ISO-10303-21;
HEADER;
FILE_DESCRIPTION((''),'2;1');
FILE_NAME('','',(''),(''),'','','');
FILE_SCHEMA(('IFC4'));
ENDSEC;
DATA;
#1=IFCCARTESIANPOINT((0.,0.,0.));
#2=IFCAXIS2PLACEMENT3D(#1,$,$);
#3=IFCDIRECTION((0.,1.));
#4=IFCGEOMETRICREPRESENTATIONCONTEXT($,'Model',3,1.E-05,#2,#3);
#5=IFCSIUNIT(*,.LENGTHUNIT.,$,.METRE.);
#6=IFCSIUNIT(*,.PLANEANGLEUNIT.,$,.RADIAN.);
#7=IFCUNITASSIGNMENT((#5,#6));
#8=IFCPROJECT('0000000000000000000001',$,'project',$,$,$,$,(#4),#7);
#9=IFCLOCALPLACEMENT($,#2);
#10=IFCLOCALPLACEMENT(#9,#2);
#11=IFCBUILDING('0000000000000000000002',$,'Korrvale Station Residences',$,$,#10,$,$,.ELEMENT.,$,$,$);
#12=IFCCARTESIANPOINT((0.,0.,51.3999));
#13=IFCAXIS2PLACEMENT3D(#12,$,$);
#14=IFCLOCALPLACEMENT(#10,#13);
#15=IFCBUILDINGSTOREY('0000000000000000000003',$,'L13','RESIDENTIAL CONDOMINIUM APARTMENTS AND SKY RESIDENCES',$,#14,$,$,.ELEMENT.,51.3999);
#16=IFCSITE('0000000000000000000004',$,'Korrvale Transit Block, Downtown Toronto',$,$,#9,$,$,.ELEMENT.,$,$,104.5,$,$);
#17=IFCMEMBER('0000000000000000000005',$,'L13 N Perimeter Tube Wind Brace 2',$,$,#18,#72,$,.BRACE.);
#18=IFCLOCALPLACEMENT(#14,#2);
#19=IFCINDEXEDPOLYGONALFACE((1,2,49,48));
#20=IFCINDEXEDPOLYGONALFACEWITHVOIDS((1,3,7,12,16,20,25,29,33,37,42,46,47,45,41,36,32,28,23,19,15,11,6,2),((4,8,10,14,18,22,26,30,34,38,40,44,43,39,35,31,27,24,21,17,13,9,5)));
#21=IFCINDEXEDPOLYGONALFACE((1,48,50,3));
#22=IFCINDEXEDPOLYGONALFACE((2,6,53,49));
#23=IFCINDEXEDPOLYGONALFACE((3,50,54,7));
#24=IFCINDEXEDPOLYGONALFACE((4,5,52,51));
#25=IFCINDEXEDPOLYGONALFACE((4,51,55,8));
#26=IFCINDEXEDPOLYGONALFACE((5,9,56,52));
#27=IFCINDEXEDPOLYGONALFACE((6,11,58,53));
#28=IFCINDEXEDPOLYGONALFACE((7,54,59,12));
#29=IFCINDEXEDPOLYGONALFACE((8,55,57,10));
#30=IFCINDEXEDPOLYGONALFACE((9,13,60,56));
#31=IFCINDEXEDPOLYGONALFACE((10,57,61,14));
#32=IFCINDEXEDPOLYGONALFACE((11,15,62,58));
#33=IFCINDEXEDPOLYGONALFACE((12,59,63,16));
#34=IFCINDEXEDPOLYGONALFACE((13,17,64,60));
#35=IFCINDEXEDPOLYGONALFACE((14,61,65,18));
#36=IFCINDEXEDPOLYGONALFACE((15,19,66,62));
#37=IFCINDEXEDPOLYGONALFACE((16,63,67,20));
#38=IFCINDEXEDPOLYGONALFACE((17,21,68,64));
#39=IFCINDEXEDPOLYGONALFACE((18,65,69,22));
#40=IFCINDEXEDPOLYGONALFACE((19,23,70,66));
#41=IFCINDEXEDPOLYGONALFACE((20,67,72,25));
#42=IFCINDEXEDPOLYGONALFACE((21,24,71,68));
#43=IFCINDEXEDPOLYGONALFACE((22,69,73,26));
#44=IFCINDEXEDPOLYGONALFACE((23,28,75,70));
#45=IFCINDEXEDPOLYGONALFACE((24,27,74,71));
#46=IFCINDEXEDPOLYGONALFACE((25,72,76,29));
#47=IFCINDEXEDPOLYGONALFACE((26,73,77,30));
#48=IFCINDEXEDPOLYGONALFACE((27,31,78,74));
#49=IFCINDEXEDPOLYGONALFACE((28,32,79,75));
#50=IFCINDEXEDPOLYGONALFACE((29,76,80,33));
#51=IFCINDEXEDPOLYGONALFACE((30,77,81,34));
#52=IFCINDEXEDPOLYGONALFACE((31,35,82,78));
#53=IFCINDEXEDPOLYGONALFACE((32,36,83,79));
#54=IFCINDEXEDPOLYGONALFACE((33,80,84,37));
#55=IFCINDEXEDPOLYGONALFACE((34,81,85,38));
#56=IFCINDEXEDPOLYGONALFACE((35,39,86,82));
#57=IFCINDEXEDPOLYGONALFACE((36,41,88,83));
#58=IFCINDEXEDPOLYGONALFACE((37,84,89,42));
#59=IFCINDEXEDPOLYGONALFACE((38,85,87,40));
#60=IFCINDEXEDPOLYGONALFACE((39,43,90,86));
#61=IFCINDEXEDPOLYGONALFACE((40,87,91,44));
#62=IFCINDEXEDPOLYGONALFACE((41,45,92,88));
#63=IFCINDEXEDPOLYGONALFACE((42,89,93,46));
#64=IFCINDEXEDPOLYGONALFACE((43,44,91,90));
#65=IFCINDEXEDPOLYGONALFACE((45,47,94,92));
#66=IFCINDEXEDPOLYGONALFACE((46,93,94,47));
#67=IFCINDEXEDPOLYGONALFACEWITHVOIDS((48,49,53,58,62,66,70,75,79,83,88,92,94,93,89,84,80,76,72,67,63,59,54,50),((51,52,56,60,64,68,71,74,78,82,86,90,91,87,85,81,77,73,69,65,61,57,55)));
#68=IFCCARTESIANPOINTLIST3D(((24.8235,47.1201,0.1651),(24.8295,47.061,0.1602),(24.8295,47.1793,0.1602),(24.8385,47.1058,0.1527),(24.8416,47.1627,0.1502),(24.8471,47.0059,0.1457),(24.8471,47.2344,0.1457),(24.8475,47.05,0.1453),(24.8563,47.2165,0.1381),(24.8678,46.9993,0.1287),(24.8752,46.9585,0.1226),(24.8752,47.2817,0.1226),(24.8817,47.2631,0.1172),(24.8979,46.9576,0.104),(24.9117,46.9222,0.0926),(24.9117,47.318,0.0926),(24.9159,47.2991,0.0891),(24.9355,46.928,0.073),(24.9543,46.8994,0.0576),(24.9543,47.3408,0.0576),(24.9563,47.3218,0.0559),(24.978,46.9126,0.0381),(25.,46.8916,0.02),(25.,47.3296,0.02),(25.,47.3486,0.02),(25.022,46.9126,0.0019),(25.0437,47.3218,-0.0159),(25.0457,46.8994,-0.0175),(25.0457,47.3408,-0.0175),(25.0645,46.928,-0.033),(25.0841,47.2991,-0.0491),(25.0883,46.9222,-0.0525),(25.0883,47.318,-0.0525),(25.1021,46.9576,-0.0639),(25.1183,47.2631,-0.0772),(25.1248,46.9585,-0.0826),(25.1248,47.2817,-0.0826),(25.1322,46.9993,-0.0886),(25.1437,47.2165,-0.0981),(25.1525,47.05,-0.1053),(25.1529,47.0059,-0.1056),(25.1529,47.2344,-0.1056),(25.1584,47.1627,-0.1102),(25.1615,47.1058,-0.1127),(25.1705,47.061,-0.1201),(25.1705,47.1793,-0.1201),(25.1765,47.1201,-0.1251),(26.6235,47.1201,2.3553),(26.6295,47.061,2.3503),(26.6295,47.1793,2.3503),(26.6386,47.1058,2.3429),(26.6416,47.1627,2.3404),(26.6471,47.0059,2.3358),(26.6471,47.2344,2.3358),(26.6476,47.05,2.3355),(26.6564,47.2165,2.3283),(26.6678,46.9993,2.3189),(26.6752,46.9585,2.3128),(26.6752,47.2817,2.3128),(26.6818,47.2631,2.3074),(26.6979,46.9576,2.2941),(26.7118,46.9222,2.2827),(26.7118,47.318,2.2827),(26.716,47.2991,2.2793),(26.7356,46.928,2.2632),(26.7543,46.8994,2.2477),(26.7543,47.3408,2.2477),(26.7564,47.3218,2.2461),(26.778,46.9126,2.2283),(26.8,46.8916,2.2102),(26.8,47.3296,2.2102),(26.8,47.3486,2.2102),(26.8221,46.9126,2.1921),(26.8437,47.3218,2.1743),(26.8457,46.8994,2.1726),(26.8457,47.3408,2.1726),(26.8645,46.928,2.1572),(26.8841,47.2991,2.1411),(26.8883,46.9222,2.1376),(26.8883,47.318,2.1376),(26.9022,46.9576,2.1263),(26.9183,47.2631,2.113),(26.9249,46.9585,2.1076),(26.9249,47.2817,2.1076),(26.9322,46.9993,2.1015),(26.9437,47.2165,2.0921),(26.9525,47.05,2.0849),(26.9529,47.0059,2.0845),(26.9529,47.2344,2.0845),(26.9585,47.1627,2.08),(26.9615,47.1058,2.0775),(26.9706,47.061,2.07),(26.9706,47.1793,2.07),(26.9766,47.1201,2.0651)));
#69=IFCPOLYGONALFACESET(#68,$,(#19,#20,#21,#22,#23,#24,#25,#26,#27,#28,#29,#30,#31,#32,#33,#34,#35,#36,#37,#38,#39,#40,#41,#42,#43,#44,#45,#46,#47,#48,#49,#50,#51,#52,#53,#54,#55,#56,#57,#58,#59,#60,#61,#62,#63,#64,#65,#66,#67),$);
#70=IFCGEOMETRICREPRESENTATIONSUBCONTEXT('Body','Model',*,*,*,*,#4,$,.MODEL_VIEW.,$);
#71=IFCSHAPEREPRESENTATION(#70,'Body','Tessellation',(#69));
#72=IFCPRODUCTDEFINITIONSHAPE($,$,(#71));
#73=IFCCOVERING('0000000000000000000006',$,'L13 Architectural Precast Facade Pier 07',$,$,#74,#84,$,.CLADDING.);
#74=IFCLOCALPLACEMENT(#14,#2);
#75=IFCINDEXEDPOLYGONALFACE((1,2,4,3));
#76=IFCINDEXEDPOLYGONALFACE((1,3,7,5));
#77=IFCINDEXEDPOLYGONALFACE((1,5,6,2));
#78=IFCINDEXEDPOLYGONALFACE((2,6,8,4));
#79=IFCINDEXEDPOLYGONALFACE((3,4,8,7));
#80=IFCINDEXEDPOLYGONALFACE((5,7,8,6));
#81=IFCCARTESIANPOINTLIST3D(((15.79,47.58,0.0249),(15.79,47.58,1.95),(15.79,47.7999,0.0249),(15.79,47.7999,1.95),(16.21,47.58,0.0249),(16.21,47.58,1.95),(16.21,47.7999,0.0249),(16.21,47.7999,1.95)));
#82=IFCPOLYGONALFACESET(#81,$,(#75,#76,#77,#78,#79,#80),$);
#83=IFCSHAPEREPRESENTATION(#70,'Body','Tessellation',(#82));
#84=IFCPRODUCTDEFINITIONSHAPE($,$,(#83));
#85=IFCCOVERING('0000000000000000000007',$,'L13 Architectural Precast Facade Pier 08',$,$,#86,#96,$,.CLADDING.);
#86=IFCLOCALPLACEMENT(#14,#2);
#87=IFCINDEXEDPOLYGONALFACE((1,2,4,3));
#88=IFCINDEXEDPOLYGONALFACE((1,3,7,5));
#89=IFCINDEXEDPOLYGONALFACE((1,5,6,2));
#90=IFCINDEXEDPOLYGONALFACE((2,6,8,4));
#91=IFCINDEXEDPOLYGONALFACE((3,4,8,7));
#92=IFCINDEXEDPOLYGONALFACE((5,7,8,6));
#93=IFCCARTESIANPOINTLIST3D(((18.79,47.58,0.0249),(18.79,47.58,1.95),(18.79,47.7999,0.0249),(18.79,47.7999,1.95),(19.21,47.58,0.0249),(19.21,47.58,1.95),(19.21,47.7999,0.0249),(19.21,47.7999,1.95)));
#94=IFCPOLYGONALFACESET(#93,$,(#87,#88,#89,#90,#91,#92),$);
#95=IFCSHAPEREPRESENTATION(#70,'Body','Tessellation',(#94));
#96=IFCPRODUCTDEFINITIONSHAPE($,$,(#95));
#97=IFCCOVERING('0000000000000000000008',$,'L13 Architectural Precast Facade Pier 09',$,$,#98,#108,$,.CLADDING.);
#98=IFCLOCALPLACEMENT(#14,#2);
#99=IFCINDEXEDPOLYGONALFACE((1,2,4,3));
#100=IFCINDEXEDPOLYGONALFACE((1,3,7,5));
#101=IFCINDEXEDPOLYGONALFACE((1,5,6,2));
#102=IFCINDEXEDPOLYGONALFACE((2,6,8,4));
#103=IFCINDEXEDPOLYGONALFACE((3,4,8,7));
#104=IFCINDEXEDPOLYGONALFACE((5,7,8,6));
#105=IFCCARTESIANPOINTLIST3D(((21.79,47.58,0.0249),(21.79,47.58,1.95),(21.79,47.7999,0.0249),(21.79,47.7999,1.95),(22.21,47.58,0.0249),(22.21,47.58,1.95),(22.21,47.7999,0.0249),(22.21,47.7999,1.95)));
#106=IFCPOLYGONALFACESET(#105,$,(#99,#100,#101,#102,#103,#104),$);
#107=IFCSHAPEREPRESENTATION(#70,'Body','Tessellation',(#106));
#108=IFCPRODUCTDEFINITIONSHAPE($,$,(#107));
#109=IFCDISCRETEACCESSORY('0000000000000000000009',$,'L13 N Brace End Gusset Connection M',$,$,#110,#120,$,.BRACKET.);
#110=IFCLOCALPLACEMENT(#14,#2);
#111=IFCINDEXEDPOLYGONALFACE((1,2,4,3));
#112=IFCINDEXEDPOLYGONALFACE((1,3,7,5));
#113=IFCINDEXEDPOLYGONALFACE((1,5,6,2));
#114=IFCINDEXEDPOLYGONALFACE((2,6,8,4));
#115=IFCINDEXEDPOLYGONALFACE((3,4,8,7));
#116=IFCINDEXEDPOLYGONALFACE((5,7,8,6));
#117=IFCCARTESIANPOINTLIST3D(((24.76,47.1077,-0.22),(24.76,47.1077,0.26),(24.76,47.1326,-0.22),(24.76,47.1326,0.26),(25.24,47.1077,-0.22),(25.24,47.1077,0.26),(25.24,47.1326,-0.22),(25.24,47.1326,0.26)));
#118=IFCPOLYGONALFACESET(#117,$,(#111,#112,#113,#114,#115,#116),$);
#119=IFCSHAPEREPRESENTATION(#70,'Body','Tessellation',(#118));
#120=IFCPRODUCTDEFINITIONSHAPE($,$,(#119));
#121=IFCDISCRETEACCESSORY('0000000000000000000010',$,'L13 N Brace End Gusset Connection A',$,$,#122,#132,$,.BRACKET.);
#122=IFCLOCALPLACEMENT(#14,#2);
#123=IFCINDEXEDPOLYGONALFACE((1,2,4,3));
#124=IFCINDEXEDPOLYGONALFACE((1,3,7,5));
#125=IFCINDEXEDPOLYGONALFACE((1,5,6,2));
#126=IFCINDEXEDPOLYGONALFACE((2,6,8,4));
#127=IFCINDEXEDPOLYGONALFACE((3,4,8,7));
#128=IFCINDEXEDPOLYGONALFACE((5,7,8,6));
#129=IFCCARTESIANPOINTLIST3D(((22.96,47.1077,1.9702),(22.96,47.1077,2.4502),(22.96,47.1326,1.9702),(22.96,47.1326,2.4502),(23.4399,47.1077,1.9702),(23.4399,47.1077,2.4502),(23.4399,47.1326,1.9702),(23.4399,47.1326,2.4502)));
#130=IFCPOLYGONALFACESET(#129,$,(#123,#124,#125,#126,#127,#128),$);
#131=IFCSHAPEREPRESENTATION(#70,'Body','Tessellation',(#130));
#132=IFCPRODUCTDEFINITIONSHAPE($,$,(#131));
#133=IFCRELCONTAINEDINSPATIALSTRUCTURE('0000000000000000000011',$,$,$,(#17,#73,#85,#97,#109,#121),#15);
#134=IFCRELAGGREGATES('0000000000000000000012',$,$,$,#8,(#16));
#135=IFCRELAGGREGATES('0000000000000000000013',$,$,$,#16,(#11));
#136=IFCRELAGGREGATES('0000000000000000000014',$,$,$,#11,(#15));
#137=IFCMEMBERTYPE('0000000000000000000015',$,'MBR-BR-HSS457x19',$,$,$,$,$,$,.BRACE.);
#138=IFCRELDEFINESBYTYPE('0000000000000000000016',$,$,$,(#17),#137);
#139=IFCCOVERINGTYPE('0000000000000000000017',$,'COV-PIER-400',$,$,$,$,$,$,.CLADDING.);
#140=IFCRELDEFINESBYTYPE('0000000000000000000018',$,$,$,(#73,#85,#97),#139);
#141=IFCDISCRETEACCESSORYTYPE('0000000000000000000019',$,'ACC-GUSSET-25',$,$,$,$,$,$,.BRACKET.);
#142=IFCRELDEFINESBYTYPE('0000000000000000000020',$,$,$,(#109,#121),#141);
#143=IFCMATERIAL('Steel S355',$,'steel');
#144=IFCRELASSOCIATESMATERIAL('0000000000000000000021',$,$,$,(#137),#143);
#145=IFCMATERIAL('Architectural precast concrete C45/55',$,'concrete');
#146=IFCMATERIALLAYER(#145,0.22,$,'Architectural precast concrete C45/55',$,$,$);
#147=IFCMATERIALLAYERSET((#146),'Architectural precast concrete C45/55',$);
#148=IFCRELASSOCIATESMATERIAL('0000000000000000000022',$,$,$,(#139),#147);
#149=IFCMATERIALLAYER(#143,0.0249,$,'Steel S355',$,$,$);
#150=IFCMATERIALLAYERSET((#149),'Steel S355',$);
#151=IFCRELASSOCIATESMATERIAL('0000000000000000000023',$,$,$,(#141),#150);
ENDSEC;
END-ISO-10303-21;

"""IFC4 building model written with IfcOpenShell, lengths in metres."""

from ifc_helpers import new_model, si_unit, direction, frame, origin, origin_2d, place, context, subcontext, project, spatial, rectangle, hollow_circle, extrude, material, layer, layer_set, material_profile, profile_set, type_object, element, save


model = new_model("IFC4")

# Units and contexts
model_context = context("Model", 3, precision=1e-05, world=origin(), true_north=direction((0.0, 1.0)))
body_context = subcontext(model_context, "Body", "Model", "MODEL_VIEW")
ifc_project = project(units=[si_unit("LENGTHUNIT", "METRE"), si_unit("PLANEANGLEUNIT", "RADIAN")], contexts=[model_context])

# Site, building, storey
site_placement = place(None, origin())
site = spatial("IfcSite", under=ifc_project, at=site_placement, Name="Korrvale Transit Block, Downtown Toronto", CompositionType="ELEMENT", RefElevation=104.5)
building_placement = place(site_placement, origin())
building = spatial("IfcBuilding", under=site, at=building_placement, Name="Korrvale Station Residences", CompositionType="ELEMENT")
storey_placement = place(building_placement, frame((0.0, 0.0, 51.3999)))
storey = spatial("IfcBuildingStorey", under=building, at=storey_placement, Name="L13", Description="RESIDENTIAL CONDOMINIUM APARTMENTS AND SKY RESIDENCES", CompositionType="ELEMENT", Elevation=51.3999)

# Shared definitions
ifc_material_1 = material(Name="Steel S355", Category="steel")

# Member
ifc_material_profile_1 = material_profile(ifc_material_1, hollow_circle(Radius=0.2285, WallThickness=0.019, at=origin_2d()), Name="HSS457x19")
ifc_profile_set_1 = profile_set([ifc_material_profile_1], Name="Steel S355")
member_type = type_object("IfcMemberType", Name="MBR-BR-HSS457x19", PredefinedType="BRACE", material=ifc_profile_set_1)
for number, where, z_axis, x_axis, name in (
    (1, (25.0, 47.1201, 0.02), (0.634943, 0.0, 0.772559), (0.0, 1.0, 0.0), "L13 N Perimeter Tube Wind Brace 2"),
):
    element("IfcMember", number, at=place(storey_placement, frame(where, z_axis=z_axis, x_axis=x_axis)), inside=storey, type_object=member_type, Name=name, PredefinedType="BRACE", context=body_context, shape_type="SweptSolid", body=[
        extrude(hollow_circle(Radius=0.2285, WallThickness=0.019, at=origin_2d()), origin(), (0.0, 0.0, 1.0), 2.835),
    ])

# Coverings
ifc_material_2 = material(Name="Architectural precast concrete C45/55", Category="concrete")
ifc_layer_1 = layer(ifc_material_2, 0.22, Name="Architectural precast concrete C45/55")
ifc_layer_set_1 = layer_set([ifc_layer_1], Name="Architectural precast concrete C45/55")
covering_type = type_object("IfcCoveringType", Name="COV-PIER-400", PredefinedType="CLADDING", material=ifc_layer_set_1)
for number, where, z_axis, x_axis, name in (
    (2, (16.0, 47.6899, 0.0249), (0.0, 0.0, 1.0), (1.0, 0.0, 0.0), "L13 Architectural Precast Facade Pier 07"),
    (3, (19.0, 47.6899, 0.0249), (0.0, 0.0, 1.0), (1.0, 0.0, 0.0), "L13 Architectural Precast Facade Pier 08"),
    (4, (22.0, 47.6899, 0.0249), (0.0, 0.0, 1.0), (1.0, 0.0, 0.0), "L13 Architectural Precast Facade Pier 09"),
):
    element("IfcCovering", number, at=place(storey_placement, frame(where, z_axis=z_axis, x_axis=x_axis)), inside=storey, type_object=covering_type, Name=name, PredefinedType="CLADDING", context=body_context, shape_type="SweptSolid", body=[
        extrude(rectangle(XDim=0.4199, YDim=0.22, at=origin_2d()), origin(), (0.0, 0.0, 1.0), 1.925),
    ])

# Discrete accessories
ifc_layer_2 = layer(ifc_material_1, 0.0249, Name="Steel S355")
ifc_layer_set_2 = layer_set([ifc_layer_2], Name="Steel S355")
discrete_accessory_type = type_object("IfcDiscreteAccessoryType", Name="ACC-GUSSET-25", PredefinedType="BRACKET", material=ifc_layer_set_2)
for number, where, z_axis, x_axis, name in (
    (5, (25.0, 47.1201, -0.22), (0.0, 0.0, 1.0), (1.0, 0.0, 0.0), "L13 N Brace End Gusset Connection M"),
    (6, (23.2, 47.1201, 1.9702), (0.0, 0.0, 1.0), (1.0, 0.0, 0.0), "L13 N Brace End Gusset Connection A"),
):
    element("IfcDiscreteAccessory", number, at=place(storey_placement, frame(where, z_axis=z_axis, x_axis=x_axis)), inside=storey, type_object=discrete_accessory_type, Name=name, PredefinedType="BRACKET", context=body_context, shape_type="SweptSolid", body=[
        extrude(rectangle(XDim=0.48, YDim=0.0249, at=origin_2d()), origin(), (0.0, 0.0, 1.0), 0.48),
    ])

save(model, "model.ifc")
